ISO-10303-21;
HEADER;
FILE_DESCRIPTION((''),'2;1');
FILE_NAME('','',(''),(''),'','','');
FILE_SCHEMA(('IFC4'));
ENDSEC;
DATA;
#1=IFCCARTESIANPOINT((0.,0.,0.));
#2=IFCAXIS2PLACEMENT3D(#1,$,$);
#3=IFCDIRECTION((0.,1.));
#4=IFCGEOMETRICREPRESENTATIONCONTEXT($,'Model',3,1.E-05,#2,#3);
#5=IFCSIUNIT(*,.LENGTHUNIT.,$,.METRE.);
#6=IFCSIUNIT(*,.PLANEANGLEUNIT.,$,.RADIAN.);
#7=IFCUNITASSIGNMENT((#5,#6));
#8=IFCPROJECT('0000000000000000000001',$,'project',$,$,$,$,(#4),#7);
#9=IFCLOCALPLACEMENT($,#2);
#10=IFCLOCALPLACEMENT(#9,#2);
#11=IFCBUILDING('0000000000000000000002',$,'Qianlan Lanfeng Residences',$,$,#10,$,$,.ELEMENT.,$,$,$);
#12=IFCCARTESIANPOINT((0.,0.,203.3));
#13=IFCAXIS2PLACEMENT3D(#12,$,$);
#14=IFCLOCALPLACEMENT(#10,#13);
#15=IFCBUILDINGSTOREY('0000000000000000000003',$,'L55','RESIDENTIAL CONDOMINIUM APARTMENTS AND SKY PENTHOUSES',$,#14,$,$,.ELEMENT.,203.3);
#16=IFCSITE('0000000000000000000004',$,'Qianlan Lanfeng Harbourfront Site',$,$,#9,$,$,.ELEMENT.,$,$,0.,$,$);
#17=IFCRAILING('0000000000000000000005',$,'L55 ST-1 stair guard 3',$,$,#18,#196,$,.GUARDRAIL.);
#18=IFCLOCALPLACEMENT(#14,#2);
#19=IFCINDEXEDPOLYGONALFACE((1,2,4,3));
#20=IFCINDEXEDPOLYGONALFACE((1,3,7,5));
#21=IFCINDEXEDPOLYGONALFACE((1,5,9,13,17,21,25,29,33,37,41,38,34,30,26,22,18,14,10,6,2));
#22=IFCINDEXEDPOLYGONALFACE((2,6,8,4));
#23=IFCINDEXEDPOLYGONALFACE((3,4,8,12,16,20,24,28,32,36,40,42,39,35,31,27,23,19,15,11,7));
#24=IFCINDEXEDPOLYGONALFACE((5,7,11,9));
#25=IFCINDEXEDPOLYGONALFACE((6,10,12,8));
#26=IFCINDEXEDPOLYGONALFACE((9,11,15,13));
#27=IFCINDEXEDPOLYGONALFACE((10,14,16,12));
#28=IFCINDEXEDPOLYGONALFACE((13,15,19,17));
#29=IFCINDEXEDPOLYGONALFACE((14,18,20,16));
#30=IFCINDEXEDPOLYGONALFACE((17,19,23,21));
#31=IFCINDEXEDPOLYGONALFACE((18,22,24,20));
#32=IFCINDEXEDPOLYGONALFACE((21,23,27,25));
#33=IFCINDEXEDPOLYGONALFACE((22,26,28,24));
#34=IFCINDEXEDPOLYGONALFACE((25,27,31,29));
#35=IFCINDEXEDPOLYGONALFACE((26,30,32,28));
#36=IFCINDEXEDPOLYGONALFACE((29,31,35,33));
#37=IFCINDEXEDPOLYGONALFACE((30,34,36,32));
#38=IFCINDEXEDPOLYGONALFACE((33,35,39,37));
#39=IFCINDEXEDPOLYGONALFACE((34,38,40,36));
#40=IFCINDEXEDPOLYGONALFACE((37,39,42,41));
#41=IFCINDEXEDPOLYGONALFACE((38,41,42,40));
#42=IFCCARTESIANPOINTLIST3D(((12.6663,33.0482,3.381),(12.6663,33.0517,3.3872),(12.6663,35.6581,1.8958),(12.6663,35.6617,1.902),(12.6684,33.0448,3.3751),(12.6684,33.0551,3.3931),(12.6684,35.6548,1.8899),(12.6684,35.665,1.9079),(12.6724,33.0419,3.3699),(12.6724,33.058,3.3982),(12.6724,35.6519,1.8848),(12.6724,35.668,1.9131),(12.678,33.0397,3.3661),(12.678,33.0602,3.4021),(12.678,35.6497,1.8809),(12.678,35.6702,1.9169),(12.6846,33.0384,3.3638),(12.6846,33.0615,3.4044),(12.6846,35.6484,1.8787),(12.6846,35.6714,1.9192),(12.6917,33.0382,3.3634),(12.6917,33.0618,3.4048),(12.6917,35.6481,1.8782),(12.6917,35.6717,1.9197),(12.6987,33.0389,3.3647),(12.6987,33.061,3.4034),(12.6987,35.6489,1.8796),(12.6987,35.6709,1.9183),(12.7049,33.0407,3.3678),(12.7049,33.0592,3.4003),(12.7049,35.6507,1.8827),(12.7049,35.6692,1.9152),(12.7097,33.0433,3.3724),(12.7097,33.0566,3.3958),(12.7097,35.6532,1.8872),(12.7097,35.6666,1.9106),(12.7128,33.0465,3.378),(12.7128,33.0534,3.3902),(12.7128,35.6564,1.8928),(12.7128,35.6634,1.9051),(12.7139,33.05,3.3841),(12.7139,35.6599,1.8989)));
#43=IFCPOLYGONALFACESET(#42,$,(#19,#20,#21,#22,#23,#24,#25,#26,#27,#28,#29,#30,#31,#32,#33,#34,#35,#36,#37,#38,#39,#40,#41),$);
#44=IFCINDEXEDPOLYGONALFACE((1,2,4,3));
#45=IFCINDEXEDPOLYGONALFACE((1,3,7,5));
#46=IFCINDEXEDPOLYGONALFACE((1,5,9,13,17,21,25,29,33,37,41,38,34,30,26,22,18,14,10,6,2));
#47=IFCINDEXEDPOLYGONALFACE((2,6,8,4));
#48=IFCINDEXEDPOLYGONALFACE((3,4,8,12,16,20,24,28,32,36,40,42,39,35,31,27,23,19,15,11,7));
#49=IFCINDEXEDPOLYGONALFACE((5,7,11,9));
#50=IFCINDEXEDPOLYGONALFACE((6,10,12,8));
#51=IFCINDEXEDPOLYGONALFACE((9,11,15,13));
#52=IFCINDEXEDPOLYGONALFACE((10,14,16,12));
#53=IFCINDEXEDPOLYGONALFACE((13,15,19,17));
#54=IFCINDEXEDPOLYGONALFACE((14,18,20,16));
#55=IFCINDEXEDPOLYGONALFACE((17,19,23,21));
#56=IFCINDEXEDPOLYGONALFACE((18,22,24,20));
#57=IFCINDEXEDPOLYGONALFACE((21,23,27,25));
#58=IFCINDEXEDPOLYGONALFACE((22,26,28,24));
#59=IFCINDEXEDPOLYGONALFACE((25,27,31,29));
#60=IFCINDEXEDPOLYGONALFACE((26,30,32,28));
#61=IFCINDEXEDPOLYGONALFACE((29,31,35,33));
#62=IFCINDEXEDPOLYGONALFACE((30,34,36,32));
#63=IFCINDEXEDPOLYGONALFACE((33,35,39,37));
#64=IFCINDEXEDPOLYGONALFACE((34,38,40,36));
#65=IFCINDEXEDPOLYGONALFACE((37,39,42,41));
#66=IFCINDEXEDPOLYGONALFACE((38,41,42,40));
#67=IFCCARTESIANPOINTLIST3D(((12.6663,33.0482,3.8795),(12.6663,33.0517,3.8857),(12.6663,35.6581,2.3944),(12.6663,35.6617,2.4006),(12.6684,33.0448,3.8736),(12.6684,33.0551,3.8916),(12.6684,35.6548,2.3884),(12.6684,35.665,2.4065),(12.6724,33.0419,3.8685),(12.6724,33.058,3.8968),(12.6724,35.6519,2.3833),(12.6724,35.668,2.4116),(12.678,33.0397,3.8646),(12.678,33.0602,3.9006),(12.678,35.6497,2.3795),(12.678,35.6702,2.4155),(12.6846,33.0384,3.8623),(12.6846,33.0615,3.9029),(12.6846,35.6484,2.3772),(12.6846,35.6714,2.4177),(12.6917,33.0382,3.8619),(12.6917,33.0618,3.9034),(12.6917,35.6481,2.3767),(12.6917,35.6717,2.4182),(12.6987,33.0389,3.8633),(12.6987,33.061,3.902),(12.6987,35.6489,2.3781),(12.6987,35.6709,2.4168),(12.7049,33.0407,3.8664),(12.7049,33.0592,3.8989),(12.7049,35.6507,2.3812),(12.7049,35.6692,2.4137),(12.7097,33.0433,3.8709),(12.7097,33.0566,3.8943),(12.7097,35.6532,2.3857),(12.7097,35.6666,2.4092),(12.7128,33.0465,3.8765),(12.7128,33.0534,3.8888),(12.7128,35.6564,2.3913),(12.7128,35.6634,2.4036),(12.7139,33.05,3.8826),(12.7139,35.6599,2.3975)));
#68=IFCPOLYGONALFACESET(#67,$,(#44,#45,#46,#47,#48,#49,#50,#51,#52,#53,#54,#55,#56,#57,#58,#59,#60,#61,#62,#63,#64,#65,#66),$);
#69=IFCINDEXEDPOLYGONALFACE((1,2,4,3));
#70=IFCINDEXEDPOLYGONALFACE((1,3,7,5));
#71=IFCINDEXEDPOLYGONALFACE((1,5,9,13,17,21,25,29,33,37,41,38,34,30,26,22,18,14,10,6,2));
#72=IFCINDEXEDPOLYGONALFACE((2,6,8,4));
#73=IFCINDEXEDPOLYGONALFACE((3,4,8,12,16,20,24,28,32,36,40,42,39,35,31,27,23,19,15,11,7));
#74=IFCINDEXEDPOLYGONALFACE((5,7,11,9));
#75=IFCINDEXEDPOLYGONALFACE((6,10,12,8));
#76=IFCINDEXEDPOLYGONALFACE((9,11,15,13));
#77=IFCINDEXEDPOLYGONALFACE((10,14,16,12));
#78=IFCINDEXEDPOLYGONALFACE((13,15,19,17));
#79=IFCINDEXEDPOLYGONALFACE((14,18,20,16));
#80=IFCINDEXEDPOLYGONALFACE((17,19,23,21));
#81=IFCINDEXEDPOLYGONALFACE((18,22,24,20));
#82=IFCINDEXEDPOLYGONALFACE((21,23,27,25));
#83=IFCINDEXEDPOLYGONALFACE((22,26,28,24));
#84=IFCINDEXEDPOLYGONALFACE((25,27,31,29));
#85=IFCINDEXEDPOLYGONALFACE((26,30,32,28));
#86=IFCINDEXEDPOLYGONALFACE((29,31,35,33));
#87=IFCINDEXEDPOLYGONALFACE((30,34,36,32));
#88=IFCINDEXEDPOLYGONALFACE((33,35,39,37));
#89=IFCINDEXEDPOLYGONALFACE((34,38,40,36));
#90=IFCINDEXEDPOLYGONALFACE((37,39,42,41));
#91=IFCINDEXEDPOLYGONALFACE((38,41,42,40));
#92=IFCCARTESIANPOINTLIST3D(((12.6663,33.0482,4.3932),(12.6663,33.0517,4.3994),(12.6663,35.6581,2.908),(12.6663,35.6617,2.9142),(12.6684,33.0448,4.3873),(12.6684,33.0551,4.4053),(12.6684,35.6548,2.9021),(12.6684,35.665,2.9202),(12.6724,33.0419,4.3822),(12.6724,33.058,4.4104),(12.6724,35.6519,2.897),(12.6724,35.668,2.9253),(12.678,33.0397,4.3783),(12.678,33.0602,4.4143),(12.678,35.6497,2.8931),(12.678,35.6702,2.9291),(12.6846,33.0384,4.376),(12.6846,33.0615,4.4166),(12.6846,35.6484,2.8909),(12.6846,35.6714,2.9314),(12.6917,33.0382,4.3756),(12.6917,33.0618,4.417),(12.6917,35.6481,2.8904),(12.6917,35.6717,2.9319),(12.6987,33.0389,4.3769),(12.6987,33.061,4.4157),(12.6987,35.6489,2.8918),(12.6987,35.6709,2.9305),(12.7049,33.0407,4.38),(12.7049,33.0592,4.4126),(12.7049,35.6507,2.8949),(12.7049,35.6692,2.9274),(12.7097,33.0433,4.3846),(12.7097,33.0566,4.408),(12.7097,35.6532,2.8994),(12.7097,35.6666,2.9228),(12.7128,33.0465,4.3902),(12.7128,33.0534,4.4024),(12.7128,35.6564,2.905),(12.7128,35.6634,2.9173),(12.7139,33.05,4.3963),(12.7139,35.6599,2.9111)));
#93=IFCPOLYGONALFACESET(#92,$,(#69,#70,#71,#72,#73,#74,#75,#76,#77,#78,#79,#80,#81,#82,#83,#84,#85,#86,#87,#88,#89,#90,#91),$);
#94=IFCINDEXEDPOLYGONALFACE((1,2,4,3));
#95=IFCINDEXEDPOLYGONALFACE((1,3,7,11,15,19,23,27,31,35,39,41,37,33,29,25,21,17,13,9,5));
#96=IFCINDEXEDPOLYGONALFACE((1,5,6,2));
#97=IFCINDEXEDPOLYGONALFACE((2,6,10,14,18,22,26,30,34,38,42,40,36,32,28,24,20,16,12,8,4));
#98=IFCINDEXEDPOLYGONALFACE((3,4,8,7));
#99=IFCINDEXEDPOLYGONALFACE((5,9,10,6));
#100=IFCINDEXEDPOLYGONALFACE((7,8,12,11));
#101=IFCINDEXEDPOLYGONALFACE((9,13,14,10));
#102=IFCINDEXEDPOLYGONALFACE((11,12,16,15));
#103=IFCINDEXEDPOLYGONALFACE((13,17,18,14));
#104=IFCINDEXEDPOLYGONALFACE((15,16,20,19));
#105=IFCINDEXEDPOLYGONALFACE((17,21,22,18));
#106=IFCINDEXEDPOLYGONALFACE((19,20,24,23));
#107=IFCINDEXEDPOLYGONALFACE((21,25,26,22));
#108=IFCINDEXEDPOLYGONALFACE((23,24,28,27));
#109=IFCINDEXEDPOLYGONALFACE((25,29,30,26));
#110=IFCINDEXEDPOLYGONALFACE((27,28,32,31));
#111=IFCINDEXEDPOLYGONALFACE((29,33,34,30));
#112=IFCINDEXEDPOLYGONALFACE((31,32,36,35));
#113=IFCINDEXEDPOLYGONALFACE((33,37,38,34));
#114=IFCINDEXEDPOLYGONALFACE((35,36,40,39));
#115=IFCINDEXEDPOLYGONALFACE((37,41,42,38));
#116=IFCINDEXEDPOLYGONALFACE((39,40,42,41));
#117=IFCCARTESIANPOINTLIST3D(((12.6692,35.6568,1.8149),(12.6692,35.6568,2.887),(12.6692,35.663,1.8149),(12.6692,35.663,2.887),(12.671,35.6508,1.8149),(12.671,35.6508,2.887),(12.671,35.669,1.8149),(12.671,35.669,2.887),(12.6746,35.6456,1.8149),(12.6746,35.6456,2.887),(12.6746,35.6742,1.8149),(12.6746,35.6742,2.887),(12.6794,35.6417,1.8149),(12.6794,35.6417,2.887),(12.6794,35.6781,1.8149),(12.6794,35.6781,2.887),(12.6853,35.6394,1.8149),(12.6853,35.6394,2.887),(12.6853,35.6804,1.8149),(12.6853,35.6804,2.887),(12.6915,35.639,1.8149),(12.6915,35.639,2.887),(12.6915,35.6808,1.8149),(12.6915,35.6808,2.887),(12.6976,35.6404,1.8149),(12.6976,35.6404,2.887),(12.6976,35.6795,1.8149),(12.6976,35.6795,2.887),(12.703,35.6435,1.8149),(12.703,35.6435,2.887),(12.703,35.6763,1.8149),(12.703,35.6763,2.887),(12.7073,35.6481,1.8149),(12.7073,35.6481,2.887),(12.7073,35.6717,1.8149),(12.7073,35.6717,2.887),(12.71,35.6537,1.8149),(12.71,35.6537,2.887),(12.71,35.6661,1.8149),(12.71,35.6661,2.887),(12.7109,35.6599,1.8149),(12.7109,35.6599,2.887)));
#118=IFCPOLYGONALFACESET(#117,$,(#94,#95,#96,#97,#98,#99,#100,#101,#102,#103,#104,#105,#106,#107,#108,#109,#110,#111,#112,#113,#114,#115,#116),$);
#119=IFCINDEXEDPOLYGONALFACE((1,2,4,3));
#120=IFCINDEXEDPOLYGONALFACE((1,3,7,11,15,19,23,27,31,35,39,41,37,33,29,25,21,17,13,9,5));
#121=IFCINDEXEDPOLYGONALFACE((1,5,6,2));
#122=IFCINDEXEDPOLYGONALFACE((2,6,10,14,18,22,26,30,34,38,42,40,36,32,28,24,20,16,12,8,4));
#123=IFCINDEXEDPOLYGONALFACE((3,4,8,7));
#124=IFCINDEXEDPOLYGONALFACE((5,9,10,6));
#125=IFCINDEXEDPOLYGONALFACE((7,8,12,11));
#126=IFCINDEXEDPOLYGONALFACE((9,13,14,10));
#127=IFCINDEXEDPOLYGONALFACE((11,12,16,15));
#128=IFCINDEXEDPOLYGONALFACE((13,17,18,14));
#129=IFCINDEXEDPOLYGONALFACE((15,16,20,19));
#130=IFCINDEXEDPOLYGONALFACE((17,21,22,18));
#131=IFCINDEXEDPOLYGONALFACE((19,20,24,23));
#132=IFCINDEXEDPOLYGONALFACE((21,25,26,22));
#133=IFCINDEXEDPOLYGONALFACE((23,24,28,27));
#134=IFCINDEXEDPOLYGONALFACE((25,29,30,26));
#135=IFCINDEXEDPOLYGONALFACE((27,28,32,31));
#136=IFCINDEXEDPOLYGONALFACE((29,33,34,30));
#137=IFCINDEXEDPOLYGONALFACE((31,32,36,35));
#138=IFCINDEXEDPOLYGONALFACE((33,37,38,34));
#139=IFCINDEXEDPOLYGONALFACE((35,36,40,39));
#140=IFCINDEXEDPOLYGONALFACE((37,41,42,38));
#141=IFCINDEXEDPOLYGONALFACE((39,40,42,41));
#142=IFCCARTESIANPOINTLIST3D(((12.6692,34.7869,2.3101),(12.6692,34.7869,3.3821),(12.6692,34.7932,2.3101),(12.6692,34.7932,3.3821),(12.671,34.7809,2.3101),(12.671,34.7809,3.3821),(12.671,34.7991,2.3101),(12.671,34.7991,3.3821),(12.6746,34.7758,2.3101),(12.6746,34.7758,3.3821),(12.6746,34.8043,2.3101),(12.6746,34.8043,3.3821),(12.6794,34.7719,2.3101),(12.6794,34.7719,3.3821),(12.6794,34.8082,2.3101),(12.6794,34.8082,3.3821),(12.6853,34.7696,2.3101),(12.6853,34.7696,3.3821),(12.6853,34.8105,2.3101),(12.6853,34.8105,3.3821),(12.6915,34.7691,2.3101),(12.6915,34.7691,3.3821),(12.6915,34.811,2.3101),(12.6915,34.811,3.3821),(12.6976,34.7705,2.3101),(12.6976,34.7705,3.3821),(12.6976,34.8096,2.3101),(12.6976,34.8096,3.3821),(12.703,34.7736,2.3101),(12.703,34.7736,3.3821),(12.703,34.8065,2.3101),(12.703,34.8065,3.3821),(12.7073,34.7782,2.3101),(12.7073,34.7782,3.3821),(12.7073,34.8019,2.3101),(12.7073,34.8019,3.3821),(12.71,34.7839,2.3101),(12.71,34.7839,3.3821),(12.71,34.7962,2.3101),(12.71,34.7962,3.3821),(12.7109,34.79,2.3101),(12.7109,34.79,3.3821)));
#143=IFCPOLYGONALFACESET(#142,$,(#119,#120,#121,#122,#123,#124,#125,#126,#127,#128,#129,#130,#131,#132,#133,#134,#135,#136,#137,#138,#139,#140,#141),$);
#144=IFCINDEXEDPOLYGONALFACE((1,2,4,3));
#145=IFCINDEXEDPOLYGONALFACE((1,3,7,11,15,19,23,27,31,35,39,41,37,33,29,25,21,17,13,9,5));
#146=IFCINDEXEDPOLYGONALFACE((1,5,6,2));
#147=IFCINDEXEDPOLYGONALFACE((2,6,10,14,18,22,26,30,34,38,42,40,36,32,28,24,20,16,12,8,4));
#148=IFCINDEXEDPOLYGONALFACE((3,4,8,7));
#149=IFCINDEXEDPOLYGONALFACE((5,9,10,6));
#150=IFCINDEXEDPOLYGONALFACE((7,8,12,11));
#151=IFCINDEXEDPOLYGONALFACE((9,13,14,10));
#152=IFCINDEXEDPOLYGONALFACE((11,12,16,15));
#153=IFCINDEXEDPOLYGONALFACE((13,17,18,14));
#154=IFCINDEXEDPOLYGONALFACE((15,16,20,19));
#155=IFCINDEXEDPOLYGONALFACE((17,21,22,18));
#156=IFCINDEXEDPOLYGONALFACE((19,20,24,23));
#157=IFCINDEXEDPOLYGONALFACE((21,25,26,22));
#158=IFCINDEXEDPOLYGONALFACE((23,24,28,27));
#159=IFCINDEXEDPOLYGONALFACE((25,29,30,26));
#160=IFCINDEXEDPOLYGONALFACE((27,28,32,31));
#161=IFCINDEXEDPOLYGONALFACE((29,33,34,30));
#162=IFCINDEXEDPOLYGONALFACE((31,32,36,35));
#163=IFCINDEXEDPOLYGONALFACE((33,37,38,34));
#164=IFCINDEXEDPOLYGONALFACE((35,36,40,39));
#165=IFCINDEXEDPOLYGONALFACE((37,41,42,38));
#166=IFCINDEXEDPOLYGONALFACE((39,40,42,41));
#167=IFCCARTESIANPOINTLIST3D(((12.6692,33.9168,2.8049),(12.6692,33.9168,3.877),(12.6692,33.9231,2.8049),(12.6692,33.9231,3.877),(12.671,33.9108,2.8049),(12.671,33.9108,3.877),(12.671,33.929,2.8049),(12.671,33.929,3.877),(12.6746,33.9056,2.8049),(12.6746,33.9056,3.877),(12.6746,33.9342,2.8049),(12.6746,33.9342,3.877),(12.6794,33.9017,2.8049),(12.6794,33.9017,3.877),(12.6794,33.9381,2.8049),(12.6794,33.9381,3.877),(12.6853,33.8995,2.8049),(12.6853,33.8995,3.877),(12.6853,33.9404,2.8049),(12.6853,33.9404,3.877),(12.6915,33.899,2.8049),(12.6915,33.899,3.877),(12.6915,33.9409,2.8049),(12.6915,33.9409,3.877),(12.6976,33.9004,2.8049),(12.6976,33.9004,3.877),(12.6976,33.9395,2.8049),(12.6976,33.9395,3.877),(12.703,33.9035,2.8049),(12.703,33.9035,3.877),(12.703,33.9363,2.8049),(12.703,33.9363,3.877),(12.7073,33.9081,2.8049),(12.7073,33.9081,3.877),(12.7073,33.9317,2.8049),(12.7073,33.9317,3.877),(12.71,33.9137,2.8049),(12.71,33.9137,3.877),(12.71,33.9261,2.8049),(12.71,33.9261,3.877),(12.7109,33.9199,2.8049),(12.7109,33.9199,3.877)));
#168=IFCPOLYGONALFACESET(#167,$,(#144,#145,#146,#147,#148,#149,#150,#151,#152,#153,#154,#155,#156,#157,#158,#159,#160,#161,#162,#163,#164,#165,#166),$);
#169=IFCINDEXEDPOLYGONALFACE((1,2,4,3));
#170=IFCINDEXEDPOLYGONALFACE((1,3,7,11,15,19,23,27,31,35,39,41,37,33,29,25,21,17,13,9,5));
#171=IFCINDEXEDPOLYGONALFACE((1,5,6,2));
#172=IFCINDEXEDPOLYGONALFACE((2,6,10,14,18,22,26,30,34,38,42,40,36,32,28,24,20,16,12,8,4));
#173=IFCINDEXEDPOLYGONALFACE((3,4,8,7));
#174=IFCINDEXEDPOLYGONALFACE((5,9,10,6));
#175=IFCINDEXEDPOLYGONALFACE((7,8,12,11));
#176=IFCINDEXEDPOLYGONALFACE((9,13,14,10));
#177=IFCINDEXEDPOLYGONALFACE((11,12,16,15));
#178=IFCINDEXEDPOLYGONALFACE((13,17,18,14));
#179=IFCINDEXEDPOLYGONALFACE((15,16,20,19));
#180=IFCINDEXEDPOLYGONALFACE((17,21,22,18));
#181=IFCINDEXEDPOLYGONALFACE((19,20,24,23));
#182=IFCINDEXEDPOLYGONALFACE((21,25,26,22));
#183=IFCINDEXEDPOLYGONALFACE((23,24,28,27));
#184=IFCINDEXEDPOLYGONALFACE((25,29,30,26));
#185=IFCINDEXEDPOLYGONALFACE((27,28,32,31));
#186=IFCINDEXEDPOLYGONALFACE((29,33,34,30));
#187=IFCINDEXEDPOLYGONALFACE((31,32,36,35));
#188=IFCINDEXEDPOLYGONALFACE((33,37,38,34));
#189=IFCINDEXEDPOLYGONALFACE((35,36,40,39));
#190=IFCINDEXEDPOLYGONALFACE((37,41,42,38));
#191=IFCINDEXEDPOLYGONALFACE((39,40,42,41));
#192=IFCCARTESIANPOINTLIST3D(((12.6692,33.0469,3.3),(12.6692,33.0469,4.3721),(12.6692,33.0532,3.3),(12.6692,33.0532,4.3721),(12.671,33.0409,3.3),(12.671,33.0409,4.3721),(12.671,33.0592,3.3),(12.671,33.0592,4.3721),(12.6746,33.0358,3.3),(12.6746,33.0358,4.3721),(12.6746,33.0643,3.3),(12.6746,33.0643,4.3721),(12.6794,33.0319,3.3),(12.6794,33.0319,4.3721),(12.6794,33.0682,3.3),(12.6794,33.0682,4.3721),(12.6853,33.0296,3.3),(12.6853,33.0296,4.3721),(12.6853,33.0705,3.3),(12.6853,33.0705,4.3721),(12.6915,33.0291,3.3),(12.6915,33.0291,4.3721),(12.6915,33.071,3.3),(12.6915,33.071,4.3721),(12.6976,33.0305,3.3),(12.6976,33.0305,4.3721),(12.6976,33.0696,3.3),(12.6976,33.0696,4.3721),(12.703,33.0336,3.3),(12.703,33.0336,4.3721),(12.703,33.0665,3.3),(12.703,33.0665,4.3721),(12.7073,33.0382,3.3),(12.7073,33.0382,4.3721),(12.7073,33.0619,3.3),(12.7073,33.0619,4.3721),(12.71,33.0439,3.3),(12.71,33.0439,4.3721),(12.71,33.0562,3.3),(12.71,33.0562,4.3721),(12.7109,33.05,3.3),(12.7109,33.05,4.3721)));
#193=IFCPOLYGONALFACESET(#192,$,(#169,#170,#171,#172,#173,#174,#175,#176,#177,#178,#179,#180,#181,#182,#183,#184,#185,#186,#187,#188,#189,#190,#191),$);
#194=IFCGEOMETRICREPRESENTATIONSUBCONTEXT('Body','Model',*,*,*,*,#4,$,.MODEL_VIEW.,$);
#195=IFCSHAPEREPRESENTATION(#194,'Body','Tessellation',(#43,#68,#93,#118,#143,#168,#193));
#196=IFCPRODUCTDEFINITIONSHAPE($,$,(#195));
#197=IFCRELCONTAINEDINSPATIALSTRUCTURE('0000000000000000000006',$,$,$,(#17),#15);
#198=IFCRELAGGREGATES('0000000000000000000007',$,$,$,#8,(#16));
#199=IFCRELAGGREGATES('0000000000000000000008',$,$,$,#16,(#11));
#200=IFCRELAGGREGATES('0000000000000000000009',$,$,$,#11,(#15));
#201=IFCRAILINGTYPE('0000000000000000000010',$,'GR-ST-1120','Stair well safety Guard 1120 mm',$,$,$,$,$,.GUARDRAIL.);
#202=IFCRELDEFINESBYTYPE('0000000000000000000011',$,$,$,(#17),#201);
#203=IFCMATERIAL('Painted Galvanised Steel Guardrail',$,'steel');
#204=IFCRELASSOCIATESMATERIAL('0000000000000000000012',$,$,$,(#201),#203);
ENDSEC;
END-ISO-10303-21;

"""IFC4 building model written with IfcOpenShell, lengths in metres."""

from ifc_helpers import new_model, si_unit, direction, frame, origin, origin_2d, place, context, subcontext, project, spatial, circle, extrude, material, type_object, element, save


model = new_model("IFC4")

# Units and contexts
model_context = context("Model", 3, precision=1e-05, world=origin(), true_north=direction((0.0, 1.0)))
body_context = subcontext(model_context, "Body", "Model", "MODEL_VIEW")
ifc_project = project(units=[si_unit("LENGTHUNIT", "METRE"), si_unit("PLANEANGLEUNIT", "RADIAN")], contexts=[model_context])

# Site, building, storey
site_placement = place(None, origin())
site = spatial("IfcSite", under=ifc_project, at=site_placement, Name="Qianlan Lanfeng Harbourfront Site", CompositionType="ELEMENT", RefElevation=0.0)
building_placement = place(site_placement, origin())
building = spatial("IfcBuilding", under=site, at=building_placement, Name="Qianlan Lanfeng Residences", CompositionType="ELEMENT")
storey_placement = place(building_placement, frame((0.0, 0.0, 203.3)))
storey = spatial("IfcBuildingStorey", under=building, at=storey_placement, Name="L55", Description="RESIDENTIAL CONDOMINIUM APARTMENTS AND SKY PENTHOUSES", CompositionType="ELEMENT", Elevation=203.3)

# Railing
ifc_material_1 = material(Name="Painted Galvanised Steel Guardrail", Category="steel")
railing_type_1 = type_object("IfcRailingType", Name="GR-ST-1120", Description="Stair well safety Guard 1120 mm", PredefinedType="GUARDRAIL", material=ifc_material_1)
railing_1_placement = place(storey_placement, frame((12.6899, 35.6599, 1.8149)))
element("IfcRailing", 1, at=railing_1_placement, inside=storey, type_object=railing_type_1, Name="L55 ST-1 stair guard 3", PredefinedType="GUARDRAIL", context=body_context, shape_type="SweptSolid", body=[
    extrude(circle(Radius=0.0239, at=origin_2d()), frame((0.0, 0.0, 0.084), z_axis=(0.0, -0.869137, 0.494571), x_axis=(1.0, 0.0, 0.0)), (0.0, 0.0, 1.0), 3.0029),
    extrude(circle(Radius=0.0239, at=origin_2d()), frame((0.0, 0.0, 0.5825), z_axis=(0.0, -0.869137, 0.494571), x_axis=(1.0, 0.0, 0.0)), (0.0, 0.0, 1.0), 3.0029),
    extrude(circle(Radius=0.0239, at=origin_2d()), frame((0.0, 0.0, 1.0962), z_axis=(0.0, -0.869137, 0.494571), x_axis=(1.0, 0.0, 0.0)), (0.0, 0.0, 1.0), 3.0029),
    extrude(circle(Radius=0.021, at=origin_2d()), origin(), (0.0, 0.0, 1.0), 1.072),
    extrude(circle(Radius=0.021, at=origin_2d()), frame((0.0, -0.8699, 0.4951)), (0.0, 0.0, 1.0), 1.072),
    extrude(circle(Radius=0.021, at=origin_2d()), frame((0.0, -1.74, 0.99)), (0.0, 0.0, 1.0), 1.072),
    extrude(circle(Radius=0.021, at=origin_2d()), frame((0.0, -2.6099, 1.4851)), (0.0, 0.0, 1.0), 1.072),
])

save(model, "model.ifc")
